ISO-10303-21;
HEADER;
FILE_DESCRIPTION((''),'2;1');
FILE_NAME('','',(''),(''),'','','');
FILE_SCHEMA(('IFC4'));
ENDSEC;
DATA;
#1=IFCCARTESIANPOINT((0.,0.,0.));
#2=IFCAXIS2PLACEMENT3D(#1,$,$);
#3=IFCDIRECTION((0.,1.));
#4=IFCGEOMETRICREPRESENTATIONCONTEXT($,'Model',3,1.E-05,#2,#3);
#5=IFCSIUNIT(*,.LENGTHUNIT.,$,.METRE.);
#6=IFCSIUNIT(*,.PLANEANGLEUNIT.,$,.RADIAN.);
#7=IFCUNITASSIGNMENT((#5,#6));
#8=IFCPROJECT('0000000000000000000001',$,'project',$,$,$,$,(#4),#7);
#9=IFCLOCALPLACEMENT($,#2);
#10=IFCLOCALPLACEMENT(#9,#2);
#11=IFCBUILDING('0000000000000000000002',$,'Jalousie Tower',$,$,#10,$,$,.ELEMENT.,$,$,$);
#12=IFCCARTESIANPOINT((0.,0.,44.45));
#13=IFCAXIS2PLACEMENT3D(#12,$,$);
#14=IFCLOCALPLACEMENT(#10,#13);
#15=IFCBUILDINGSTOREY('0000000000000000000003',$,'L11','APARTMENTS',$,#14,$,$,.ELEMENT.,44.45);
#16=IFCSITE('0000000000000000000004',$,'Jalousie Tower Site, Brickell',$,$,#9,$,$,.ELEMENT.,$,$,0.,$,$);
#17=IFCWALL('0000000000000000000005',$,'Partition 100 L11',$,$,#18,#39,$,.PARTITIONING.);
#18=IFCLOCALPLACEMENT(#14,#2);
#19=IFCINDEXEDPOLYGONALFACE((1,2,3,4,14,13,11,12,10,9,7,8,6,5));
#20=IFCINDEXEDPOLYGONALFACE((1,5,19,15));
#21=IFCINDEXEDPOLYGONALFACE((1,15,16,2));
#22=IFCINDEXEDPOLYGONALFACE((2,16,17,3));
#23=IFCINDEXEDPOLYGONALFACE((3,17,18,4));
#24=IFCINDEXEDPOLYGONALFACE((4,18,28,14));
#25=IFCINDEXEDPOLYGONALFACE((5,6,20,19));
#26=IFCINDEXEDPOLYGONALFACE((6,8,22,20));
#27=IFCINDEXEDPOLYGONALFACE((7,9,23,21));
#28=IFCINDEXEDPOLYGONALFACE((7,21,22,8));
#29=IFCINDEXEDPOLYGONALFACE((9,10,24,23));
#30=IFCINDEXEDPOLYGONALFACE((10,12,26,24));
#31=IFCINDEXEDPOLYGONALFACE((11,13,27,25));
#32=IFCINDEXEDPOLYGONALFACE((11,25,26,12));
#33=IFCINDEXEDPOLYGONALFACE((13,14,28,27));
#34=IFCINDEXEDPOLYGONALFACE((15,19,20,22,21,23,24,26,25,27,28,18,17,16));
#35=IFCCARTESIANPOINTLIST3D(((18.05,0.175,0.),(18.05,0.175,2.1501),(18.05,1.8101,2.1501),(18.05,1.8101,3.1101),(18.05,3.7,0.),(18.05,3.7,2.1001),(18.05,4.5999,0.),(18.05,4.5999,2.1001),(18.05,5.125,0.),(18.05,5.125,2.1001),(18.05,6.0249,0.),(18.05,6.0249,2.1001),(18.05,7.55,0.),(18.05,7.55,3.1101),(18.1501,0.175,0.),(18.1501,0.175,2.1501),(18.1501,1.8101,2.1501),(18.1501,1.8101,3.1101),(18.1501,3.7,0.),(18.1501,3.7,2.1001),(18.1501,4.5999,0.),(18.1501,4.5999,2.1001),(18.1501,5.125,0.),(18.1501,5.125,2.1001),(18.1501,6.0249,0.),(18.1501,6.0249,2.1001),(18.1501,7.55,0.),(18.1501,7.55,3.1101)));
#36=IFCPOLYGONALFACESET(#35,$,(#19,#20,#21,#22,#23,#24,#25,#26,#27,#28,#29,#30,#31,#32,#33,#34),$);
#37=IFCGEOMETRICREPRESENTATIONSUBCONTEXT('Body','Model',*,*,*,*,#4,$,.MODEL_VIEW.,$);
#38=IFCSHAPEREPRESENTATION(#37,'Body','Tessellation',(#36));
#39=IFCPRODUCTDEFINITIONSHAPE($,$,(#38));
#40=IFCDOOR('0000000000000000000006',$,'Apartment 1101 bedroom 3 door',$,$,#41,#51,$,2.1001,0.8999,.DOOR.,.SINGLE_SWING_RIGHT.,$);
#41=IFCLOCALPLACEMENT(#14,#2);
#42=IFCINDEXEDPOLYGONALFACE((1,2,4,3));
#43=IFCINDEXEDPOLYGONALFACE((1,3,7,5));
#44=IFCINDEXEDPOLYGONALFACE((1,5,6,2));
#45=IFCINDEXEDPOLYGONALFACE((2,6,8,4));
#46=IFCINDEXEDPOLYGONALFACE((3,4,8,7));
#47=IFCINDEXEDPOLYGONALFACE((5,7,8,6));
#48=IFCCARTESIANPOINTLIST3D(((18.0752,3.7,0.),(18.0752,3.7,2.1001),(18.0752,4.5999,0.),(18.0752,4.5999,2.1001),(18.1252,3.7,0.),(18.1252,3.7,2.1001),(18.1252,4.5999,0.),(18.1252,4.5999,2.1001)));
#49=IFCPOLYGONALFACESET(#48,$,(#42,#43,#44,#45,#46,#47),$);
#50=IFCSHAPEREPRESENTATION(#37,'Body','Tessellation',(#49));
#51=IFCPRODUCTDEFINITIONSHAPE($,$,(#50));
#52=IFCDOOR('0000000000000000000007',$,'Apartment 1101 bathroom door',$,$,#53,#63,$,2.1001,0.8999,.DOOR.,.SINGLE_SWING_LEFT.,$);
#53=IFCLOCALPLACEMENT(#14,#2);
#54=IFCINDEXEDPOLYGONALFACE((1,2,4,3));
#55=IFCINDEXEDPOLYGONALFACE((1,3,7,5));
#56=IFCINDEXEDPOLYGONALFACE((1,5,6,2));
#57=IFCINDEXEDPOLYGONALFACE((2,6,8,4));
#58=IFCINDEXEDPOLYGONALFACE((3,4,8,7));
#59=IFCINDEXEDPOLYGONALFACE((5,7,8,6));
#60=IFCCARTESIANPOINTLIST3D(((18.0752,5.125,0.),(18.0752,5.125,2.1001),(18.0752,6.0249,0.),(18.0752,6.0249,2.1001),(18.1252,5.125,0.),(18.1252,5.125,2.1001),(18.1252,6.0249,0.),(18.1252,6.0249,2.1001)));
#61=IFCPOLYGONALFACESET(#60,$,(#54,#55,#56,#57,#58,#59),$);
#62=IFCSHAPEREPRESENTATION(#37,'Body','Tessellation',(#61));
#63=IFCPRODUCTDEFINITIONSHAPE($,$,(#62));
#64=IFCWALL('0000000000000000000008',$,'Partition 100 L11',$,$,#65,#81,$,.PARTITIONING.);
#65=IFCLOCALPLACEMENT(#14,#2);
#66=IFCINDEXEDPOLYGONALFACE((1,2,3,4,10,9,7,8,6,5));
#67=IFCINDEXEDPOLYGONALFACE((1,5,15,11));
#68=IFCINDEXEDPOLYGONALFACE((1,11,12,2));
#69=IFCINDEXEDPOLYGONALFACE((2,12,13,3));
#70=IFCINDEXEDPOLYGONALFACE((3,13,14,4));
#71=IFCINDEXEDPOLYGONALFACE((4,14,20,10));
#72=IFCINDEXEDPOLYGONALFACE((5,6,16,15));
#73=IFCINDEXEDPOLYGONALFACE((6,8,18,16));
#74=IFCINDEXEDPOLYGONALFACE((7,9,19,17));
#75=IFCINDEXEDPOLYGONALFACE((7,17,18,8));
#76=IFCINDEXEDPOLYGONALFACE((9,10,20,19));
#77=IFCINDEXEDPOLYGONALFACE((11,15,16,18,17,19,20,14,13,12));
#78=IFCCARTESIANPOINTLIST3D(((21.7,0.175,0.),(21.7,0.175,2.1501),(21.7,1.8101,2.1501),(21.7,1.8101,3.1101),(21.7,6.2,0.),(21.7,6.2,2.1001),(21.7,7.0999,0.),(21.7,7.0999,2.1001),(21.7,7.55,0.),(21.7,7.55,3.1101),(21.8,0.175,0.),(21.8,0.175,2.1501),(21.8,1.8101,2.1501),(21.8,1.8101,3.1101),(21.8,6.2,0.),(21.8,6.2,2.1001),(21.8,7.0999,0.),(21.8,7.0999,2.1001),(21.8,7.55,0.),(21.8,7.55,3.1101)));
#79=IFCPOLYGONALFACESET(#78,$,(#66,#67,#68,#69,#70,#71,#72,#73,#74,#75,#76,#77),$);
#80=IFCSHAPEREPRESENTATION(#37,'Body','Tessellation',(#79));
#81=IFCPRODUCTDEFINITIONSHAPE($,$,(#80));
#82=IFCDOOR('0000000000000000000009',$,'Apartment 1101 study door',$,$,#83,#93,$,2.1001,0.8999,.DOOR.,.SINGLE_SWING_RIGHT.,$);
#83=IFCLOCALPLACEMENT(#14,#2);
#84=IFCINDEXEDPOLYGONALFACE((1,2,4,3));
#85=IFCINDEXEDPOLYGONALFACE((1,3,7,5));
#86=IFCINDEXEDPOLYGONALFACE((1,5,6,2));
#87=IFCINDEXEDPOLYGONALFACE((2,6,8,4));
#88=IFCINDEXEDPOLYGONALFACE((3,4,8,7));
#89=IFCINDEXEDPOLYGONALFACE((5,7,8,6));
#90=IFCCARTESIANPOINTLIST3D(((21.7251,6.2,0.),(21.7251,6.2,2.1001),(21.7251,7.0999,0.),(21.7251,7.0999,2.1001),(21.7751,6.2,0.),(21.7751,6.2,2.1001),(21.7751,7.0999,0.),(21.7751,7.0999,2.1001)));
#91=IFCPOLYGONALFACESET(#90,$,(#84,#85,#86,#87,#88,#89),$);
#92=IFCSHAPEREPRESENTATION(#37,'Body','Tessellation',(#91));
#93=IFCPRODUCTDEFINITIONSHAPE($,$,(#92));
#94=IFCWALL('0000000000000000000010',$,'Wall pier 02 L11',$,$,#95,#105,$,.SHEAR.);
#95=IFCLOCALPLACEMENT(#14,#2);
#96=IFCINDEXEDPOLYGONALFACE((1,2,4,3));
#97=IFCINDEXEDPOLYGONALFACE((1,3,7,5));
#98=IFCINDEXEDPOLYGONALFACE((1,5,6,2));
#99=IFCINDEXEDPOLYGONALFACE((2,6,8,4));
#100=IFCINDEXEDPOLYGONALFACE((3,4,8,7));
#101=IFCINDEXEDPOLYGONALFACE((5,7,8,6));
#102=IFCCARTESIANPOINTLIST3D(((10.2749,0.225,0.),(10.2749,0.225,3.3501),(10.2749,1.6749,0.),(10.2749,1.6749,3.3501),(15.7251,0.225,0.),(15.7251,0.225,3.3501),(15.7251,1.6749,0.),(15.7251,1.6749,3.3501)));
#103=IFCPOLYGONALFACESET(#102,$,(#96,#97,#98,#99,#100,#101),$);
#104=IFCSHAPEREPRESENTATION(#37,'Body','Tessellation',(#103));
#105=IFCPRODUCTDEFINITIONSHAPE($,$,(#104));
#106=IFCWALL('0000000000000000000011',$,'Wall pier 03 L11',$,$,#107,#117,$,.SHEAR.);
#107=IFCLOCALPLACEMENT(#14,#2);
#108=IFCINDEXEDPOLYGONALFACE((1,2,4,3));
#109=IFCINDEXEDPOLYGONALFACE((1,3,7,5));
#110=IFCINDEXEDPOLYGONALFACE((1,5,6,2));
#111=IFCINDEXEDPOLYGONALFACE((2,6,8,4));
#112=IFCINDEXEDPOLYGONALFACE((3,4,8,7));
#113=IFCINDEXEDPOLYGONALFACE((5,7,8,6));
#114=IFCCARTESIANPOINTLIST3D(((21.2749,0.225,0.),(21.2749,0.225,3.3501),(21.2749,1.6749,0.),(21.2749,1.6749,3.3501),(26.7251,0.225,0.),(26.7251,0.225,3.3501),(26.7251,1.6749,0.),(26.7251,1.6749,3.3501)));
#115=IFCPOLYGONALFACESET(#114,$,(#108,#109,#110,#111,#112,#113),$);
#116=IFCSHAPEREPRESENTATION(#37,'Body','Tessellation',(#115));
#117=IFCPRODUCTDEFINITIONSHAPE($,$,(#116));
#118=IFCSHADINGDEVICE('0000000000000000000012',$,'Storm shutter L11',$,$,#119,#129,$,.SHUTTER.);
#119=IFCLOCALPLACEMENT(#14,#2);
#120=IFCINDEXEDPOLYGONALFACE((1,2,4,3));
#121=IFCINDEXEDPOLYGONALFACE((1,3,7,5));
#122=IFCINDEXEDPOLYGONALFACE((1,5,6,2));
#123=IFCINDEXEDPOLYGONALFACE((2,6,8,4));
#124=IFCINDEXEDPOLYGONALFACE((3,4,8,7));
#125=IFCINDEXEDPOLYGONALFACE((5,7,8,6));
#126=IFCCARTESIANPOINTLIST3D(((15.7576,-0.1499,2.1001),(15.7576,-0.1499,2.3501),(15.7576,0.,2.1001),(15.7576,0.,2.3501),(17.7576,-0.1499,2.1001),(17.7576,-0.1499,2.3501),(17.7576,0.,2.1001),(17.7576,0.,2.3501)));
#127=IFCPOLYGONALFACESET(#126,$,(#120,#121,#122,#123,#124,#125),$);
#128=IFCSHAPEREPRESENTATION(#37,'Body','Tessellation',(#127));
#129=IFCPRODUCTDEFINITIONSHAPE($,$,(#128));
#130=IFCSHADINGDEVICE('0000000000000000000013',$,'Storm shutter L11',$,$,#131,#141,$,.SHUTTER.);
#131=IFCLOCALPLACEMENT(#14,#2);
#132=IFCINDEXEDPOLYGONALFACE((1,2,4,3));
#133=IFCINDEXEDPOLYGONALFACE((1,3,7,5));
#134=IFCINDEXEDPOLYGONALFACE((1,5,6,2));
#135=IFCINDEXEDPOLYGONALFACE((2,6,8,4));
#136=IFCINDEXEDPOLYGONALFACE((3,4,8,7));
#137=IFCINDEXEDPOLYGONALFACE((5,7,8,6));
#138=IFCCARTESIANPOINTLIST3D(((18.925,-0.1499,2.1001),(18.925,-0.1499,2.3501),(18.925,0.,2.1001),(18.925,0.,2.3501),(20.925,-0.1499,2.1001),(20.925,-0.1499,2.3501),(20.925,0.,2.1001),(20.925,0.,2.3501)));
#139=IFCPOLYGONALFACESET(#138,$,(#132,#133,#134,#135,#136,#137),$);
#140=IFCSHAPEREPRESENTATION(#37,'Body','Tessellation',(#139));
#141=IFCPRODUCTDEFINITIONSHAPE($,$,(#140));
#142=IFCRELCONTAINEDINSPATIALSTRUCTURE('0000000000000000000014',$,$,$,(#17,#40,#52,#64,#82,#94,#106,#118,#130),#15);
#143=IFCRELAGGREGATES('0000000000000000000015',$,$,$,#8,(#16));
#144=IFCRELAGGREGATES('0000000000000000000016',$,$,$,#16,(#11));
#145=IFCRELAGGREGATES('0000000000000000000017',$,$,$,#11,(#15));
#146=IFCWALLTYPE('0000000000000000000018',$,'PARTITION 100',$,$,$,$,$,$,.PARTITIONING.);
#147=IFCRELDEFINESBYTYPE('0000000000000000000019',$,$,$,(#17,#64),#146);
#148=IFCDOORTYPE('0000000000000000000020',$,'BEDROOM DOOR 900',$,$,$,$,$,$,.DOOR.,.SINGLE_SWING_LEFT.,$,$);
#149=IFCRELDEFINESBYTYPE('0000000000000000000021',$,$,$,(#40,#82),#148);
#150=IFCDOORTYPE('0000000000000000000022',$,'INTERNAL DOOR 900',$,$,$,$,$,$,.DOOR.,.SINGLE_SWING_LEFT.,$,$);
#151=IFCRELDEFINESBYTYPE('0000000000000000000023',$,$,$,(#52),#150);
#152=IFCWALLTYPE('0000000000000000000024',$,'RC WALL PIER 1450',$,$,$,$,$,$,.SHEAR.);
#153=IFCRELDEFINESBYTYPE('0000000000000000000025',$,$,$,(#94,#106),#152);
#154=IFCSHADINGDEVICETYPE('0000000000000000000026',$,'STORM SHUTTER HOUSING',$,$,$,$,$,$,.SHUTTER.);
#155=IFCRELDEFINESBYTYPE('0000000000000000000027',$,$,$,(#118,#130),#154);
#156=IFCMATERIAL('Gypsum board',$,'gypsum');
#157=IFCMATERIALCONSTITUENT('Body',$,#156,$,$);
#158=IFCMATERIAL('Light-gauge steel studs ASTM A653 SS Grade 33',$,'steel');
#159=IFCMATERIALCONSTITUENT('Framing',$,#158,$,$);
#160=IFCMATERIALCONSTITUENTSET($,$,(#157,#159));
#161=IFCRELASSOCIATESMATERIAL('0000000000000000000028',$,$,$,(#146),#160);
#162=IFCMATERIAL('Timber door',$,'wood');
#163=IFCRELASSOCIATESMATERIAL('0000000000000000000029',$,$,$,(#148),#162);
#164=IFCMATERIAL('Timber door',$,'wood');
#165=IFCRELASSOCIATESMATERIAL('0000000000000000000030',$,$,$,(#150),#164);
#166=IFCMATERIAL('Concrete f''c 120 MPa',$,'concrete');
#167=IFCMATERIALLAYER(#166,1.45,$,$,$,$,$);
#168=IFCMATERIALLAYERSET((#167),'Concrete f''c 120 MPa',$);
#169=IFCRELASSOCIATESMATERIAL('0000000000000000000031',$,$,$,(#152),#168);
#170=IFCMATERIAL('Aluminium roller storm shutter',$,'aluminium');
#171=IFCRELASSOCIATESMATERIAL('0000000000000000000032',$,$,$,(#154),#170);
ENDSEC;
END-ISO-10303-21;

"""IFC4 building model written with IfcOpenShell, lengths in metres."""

from ifc_helpers import new_model, si_unit, direction, frame, frame_2d, origin, origin_2d, place, context, subcontext, project, spatial, polyline, rectangle, outline, extrude, material, layer, layer_set, constituent, constituent_set, type_object, element, fill, save


model = new_model("IFC4")

# Units and contexts
model_context = context("Model", 3, precision=1e-05, world=origin(), true_north=direction((0.0, 1.0)))
body_context = subcontext(model_context, "Body", "Model", "MODEL_VIEW")
ifc_project = project(units=[si_unit("LENGTHUNIT", "METRE"), si_unit("PLANEANGLEUNIT", "RADIAN")], contexts=[model_context])

# Site, building, storey
site_placement = place(None, origin())
site = spatial("IfcSite", under=ifc_project, at=site_placement, Name="Jalousie Tower Site, Brickell", CompositionType="ELEMENT", RefElevation=0.0)
building_placement = place(site_placement, origin())
building = spatial("IfcBuilding", under=site, at=building_placement, Name="Jalousie Tower", CompositionType="ELEMENT")
storey_placement = place(building_placement, frame((0.0, 0.0, 44.45)))
storey = spatial("IfcBuildingStorey", under=building, at=storey_placement, Name="L11", Description="APARTMENTS", CompositionType="ELEMENT", Elevation=44.45)

# Shared definitions
ifc_material_1 = material(Name="Gypsum board", Category="gypsum")
ifc_constituent_1 = constituent(ifc_material_1, Name="Body")
ifc_material_2 = material(Name="Light-gauge steel studs ASTM A653 SS Grade 33", Category="steel")
ifc_constituent_2 = constituent(ifc_material_2, Name="Framing")
ifc_constituent_set = constituent_set(constituents=[ifc_constituent_1, ifc_constituent_2])
wall_type_1 = type_object("IfcWallType", Name="PARTITION 100", PredefinedType="PARTITIONING", material=ifc_constituent_set)
ifc_material_3 = material(Name="Timber door", Category="wood")
door_type_1 = type_object("IfcDoorType", Name="BEDROOM DOOR 900", OperationType="SINGLE_SWING_LEFT", PredefinedType="DOOR", material=ifc_material_3)

# Wall, openings, doors
wall_1_placement = place(storey_placement, frame((18.1001, 0.175, 0.0), z_axis=(0.0, 0.0, 1.0), x_axis=(0.0, 1.0, 0.0)))
wall_1 = element("IfcWall", 1, at=wall_1_placement, inside=storey, type_object=wall_type_1, Name="Partition 100 L11", PredefinedType="PARTITIONING", context=body_context, shape_type="SweptSolid", body=[
    extrude(outline(polyline([(0.0, 0.0), (7.375, 0.0), (7.375, 3.1101), (1.635, 3.1101), (1.635, 2.1501), (0.0, 2.1501), (0.0, 3.1101), (0.0, 0.0)])), frame((0.0, 0.05, 0.0), z_axis=(0.0, -1.0, 0.0), x_axis=(1.0, 0.0, 0.0)), (0.0, 0.0, 1.0), 0.1001),
])
opening_1_placement = place(wall_1_placement, frame((3.5249, 0.0, 0.0)))
opening_1 = element("IfcOpeningElement", 2, at=opening_1_placement, cuts=wall_1, PredefinedType="OPENING", context=body_context, shape_type="SweptSolid", body=[
    extrude(rectangle(XDim=0.8999, YDim=2.1001, at=frame_2d((0.45, 1.05))), frame((0.0, 0.0601, 0.0), z_axis=(0.0, -1.0, 0.0), x_axis=(1.0, 0.0, 0.0)), (0.0, 0.0, 1.0), 0.1201),
])
opening_2_placement = place(wall_1_placement, frame((4.95, 0.0, 0.0)))
opening_2 = element("IfcOpeningElement", 3, at=opening_2_placement, cuts=wall_1, PredefinedType="OPENING", context=body_context, shape_type="SweptSolid", body=[
    extrude(rectangle(XDim=0.8999, YDim=2.1001, at=frame_2d((0.45, 1.05))), frame((0.0, 0.0601, 0.0), z_axis=(0.0, -1.0, 0.0), x_axis=(1.0, 0.0, 0.0)), (0.0, 0.0, 1.0), 0.1201),
])
door_1_placement = place(opening_1_placement, origin())
door_1 = element("IfcDoor", 4, at=door_1_placement, inside=storey, type_object=door_type_1, Name="Apartment 1101 bedroom 3 door", OperationType="SINGLE_SWING_RIGHT", OverallHeight=2.1001, OverallWidth=0.8999, PredefinedType="DOOR", context=body_context, shape_type="SweptSolid", body=[
    extrude(rectangle(XDim=0.8999, YDim=2.1001, at=frame_2d((0.45, 1.05))), frame((0.0, 0.0249, 0.0), z_axis=(0.0, -1.0, 0.0), x_axis=(1.0, 0.0, 0.0)), (0.0, 0.0, 1.0), 0.05),
])
fill(opening_1, door_1)
ifc_material_4 = material(Name="Timber door", Category="wood")
door_type_2 = type_object("IfcDoorType", Name="INTERNAL DOOR 900", OperationType="SINGLE_SWING_LEFT", PredefinedType="DOOR", material=ifc_material_4)
door_2_placement = place(opening_2_placement, origin())
door_2 = element("IfcDoor", 5, at=door_2_placement, inside=storey, type_object=door_type_2, Name="Apartment 1101 bathroom door", OperationType="SINGLE_SWING_LEFT", OverallHeight=2.1001, OverallWidth=0.8999, PredefinedType="DOOR", context=body_context, shape_type="SweptSolid", body=[
    extrude(rectangle(XDim=0.8999, YDim=2.1001, at=frame_2d((0.45, 1.05))), frame((0.0, 0.0249, 0.0), z_axis=(0.0, -1.0, 0.0), x_axis=(1.0, 0.0, 0.0)), (0.0, 0.0, 1.0), 0.05),
])
fill(opening_2, door_2)

# Wall, opening, door
wall_2_placement = place(storey_placement, frame((21.75, 0.175, 0.0), z_axis=(0.0, 0.0, 1.0), x_axis=(0.0, 1.0, 0.0)))
wall_2 = element("IfcWall", 6, at=wall_2_placement, inside=storey, type_object=wall_type_1, Name="Partition 100 L11", PredefinedType="PARTITIONING", context=body_context, shape_type="SweptSolid", body=[
    extrude(outline(polyline([(0.0, 0.0), (7.375, 0.0), (7.375, 3.1101), (1.635, 3.1101), (1.635, 2.1501), (0.0, 2.1501), (0.0, 3.1101), (0.0, 0.0)])), frame((0.0, 0.05, 0.0), z_axis=(0.0, -1.0, 0.0), x_axis=(1.0, 0.0, 0.0)), (0.0, 0.0, 1.0), 0.1001),
])
opening_3_placement = place(wall_2_placement, frame((6.0249, 0.0, 0.0)))
opening_3 = element("IfcOpeningElement", 7, at=opening_3_placement, cuts=wall_2, PredefinedType="OPENING", context=body_context, shape_type="SweptSolid", body=[
    extrude(rectangle(XDim=0.8999, YDim=2.1001, at=frame_2d((0.45, 1.05))), frame((0.0, 0.0601, 0.0), z_axis=(0.0, -1.0, 0.0), x_axis=(1.0, 0.0, 0.0)), (0.0, 0.0, 1.0), 0.1201),
])
door_3_placement = place(opening_3_placement, origin())
door_3 = element("IfcDoor", 8, at=door_3_placement, inside=storey, type_object=door_type_1, Name="Apartment 1101 study door", OperationType="SINGLE_SWING_RIGHT", OverallHeight=2.1001, OverallWidth=0.8999, PredefinedType="DOOR", context=body_context, shape_type="SweptSolid", body=[
    extrude(rectangle(XDim=0.8999, YDim=2.1001, at=frame_2d((0.45, 1.05))), frame((0.0, 0.0249, 0.0), z_axis=(0.0, -1.0, 0.0), x_axis=(1.0, 0.0, 0.0)), (0.0, 0.0, 1.0), 0.05),
])
fill(opening_3, door_3)

# Walls
ifc_material_5 = material(Name="Concrete f'c 120 MPa", Category="concrete")
ifc_layer_1 = layer(ifc_material_5, 1.45)
ifc_layer_set_1 = layer_set([ifc_layer_1], Name="Concrete f'c 120 MPa")
wall_type_2 = type_object("IfcWallType", Name="RC WALL PIER 1450", PredefinedType="SHEAR", material=ifc_layer_set_1)
for number, where, z_axis, x_axis, name in (
    (9, (10.2749, 0.95, 0.0), (0.0, 0.0, 1.0), (1.0, 0.0, 0.0), "Wall pier 02 L11"),
    (10, (21.2749, 0.95, 0.0), (0.0, 0.0, 1.0), (1.0, 0.0, 0.0), "Wall pier 03 L11"),
):
    element("IfcWall", number, at=place(storey_placement, frame(where, z_axis=z_axis, x_axis=x_axis)), inside=storey, type_object=wall_type_2, Name=name, PredefinedType="SHEAR", context=body_context, shape_type="SweptSolid", body=[
        extrude(rectangle(XDim=5.4502, YDim=1.45, at=frame_2d((2.7251, 0.0))), origin(), (0.0, 0.0, 1.0), 3.3501),
    ])

# Shading devices
ifc_material_6 = material(Name="Aluminium roller storm shutter", Category="aluminium")
shading_device_type = type_object("IfcShadingDeviceType", Name="STORM SHUTTER HOUSING", PredefinedType="SHUTTER", material=ifc_material_6)
for number, where, z_axis, x_axis, name in (
    (11, (16.7576, -0.075, 2.1001), (0.0, 0.0, 1.0), (1.0, 0.0, 0.0), "Storm shutter L11"),
    (12, (19.925, -0.075, 2.1001), (0.0, 0.0, 1.0), (1.0, 0.0, 0.0), "Storm shutter L11"),
):
    element("IfcShadingDevice", number, at=place(storey_placement, frame(where, z_axis=z_axis, x_axis=x_axis)), inside=storey, type_object=shading_device_type, Name=name, PredefinedType="SHUTTER", context=body_context, shape_type="SweptSolid", body=[
        extrude(rectangle(XDim=2.0, YDim=0.1499, at=origin_2d()), origin(), (0.0, 0.0, 1.0), 0.25),
    ])

save(model, "model.ifc")
